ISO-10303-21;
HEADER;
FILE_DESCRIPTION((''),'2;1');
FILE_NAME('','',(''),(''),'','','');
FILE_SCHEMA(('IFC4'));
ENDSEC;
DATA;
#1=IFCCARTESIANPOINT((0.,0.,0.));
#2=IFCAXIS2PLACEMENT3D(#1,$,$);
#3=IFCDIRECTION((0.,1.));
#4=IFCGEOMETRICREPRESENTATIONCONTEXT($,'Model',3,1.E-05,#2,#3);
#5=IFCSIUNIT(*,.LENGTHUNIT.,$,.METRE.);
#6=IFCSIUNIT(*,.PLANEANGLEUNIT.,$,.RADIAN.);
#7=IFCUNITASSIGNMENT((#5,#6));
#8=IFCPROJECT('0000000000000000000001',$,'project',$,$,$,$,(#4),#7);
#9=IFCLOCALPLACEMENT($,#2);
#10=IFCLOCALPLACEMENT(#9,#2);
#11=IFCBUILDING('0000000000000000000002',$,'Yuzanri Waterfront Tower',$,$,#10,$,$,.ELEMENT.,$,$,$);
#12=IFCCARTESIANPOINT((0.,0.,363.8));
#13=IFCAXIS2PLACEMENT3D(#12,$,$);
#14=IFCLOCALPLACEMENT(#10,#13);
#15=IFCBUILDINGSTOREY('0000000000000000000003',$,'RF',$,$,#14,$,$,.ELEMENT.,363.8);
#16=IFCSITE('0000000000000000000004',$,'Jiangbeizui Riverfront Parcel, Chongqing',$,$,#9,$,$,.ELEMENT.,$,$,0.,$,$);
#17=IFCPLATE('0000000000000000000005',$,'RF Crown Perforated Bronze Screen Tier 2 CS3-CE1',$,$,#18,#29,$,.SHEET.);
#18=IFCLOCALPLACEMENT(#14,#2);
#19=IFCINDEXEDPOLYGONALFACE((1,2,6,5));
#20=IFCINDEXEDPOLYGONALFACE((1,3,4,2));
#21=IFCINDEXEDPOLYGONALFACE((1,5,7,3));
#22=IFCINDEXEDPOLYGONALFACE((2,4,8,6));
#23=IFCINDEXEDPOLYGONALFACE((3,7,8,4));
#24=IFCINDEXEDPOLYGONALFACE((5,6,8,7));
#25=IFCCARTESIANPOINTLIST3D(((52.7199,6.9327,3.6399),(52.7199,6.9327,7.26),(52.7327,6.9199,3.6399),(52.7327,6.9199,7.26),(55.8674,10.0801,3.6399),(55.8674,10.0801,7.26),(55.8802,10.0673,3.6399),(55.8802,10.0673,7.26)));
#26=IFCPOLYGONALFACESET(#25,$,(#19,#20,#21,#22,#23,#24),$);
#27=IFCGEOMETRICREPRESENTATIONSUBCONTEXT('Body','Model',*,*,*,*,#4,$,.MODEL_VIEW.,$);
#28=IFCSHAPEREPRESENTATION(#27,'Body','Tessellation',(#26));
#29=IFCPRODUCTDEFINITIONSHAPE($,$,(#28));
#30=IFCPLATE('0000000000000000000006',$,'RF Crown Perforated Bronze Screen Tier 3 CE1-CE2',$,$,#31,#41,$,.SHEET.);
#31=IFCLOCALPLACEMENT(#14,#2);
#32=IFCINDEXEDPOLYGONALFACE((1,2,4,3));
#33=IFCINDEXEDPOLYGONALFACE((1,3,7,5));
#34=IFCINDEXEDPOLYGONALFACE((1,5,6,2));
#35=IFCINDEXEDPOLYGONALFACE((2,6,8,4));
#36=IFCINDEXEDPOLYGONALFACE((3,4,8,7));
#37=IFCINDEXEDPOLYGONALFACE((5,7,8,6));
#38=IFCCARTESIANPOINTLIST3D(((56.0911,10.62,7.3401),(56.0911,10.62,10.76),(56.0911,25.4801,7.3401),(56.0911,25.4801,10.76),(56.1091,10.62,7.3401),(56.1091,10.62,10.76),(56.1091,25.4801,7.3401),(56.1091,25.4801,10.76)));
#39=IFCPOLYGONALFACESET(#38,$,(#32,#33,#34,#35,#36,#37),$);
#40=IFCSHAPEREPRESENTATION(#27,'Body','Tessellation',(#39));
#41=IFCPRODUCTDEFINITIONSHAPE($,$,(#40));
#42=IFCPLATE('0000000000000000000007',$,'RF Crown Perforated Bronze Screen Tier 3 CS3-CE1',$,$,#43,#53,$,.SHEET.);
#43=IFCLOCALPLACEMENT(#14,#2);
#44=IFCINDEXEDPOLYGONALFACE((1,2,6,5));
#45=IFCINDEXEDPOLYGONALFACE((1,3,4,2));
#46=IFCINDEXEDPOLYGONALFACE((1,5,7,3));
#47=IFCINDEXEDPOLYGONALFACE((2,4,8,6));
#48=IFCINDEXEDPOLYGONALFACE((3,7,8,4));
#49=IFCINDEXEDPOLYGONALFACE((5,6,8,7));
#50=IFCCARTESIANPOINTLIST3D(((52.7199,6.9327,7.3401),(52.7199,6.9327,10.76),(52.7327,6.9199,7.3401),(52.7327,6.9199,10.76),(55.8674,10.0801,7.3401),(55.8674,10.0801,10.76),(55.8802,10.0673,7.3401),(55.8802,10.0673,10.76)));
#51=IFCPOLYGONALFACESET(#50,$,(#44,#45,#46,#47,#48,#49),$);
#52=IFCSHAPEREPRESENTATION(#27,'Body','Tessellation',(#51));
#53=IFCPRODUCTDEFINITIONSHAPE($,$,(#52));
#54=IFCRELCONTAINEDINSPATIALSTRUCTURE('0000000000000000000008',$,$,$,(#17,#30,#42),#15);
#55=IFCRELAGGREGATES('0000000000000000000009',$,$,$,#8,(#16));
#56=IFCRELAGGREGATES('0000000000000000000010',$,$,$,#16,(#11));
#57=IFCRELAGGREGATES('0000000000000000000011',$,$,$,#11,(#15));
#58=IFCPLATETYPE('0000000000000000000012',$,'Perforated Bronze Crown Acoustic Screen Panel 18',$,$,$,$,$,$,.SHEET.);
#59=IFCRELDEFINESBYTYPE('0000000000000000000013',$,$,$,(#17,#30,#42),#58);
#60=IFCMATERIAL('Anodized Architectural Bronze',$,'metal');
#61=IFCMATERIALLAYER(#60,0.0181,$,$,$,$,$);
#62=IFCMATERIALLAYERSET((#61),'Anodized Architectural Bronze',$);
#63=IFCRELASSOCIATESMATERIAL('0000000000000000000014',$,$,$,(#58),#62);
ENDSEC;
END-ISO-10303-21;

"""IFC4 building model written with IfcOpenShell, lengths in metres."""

from ifc_helpers import new_model, si_unit, direction, frame, origin, origin_2d, place, context, subcontext, project, spatial, rectangle, extrude, source, transform, mapped, material, layer, layer_set, type_object, element, save


model = new_model("IFC4")

# Units and contexts
model_context = context("Model", 3, precision=1e-05, world=origin(), true_north=direction((0.0, 1.0)))
body_context = subcontext(model_context, "Body", "Model", "MODEL_VIEW")
ifc_project = project(units=[si_unit("LENGTHUNIT", "METRE"), si_unit("PLANEANGLEUNIT", "RADIAN")], contexts=[model_context])

# Site, building, storey
site_placement = place(None, origin())
site = spatial("IfcSite", under=ifc_project, at=site_placement, Name="Jiangbeizui Riverfront Parcel, Chongqing", CompositionType="ELEMENT", RefElevation=0.0)
building_placement = place(site_placement, origin())
building = spatial("IfcBuilding", under=site, at=building_placement, Name="Yuzanri Waterfront Tower", CompositionType="ELEMENT")
storey_placement = place(building_placement, frame((0.0, 0.0, 363.8)))
storey = spatial("IfcBuildingStorey", under=building, at=storey_placement, Name="RF", CompositionType="ELEMENT", Elevation=363.8)

# Plates
ifc_material_1 = material(Name="Anodized Architectural Bronze", Category="metal")
ifc_layer_1 = layer(ifc_material_1, 0.0181)
ifc_layer_set_1 = layer_set([ifc_layer_1], Name="Anodized Architectural Bronze")
plate_type_1 = type_object("IfcPlateType", Name="Perforated Bronze Crown Acoustic Screen Panel 18", PredefinedType="SHEET", material=ifc_layer_set_1)
shared_shape_1 = source(origin(), body_context, "Body", "SweptSolid", [
    extrude(rectangle(XDim=4.4512, YDim=0.0181, at=origin_2d()), origin(), (0.0, 0.0, 1.0), 3.6201),
])
plate_1_placement = place(storey_placement, frame((54.3, 8.5, 3.6399), z_axis=(0.0, 0.0, 1.0), x_axis=(0.707107, 0.707107, 0.0)))
element("IfcPlate", 1, at=plate_1_placement, inside=storey, type_object=plate_type_1, Name="RF Crown Perforated Bronze Screen Tier 2 CS3-CE1", PredefinedType="SHEET", context=body_context, shape_type="MappedRepresentation", body=[
    mapped(shared_shape_1, transform((0.0, 0.0, 0.0), scale=1.0)),
])
shared_shape_2 = source(origin(), body_context, "Body", "SweptSolid", [
    extrude(rectangle(XDim=14.8601, YDim=0.0181, at=origin_2d()), origin(), (0.0, 0.0, 1.0), 3.4199),
])
plate_2_placement = place(storey_placement, frame((56.1001, 18.05, 7.3401), z_axis=(0.0, 0.0, 1.0), x_axis=(0.0, 1.0, 0.0)))
element("IfcPlate", 2, at=plate_2_placement, inside=storey, type_object=plate_type_1, Name="RF Crown Perforated Bronze Screen Tier 3 CE1-CE2", PredefinedType="SHEET", context=body_context, shape_type="MappedRepresentation", body=[
    mapped(shared_shape_2, transform((0.0, 0.0, 0.0), scale=1.0)),
])
shared_shape_3 = source(origin(), body_context, "Body", "SweptSolid", [
    extrude(rectangle(XDim=4.4512, YDim=0.0181, at=origin_2d()), origin(), (0.0, 0.0, 1.0), 3.4199),
])
plate_3_placement = place(storey_placement, frame((54.3, 8.5, 7.3401), z_axis=(0.0, 0.0, 1.0), x_axis=(0.707107, 0.707107, 0.0)))
element("IfcPlate", 3, at=plate_3_placement, inside=storey, type_object=plate_type_1, Name="RF Crown Perforated Bronze Screen Tier 3 CS3-CE1", PredefinedType="SHEET", context=body_context, shape_type="MappedRepresentation", body=[
    mapped(shared_shape_3, transform((0.0, 0.0, 0.0), scale=1.0)),
])

save(model, "model.ifc")
